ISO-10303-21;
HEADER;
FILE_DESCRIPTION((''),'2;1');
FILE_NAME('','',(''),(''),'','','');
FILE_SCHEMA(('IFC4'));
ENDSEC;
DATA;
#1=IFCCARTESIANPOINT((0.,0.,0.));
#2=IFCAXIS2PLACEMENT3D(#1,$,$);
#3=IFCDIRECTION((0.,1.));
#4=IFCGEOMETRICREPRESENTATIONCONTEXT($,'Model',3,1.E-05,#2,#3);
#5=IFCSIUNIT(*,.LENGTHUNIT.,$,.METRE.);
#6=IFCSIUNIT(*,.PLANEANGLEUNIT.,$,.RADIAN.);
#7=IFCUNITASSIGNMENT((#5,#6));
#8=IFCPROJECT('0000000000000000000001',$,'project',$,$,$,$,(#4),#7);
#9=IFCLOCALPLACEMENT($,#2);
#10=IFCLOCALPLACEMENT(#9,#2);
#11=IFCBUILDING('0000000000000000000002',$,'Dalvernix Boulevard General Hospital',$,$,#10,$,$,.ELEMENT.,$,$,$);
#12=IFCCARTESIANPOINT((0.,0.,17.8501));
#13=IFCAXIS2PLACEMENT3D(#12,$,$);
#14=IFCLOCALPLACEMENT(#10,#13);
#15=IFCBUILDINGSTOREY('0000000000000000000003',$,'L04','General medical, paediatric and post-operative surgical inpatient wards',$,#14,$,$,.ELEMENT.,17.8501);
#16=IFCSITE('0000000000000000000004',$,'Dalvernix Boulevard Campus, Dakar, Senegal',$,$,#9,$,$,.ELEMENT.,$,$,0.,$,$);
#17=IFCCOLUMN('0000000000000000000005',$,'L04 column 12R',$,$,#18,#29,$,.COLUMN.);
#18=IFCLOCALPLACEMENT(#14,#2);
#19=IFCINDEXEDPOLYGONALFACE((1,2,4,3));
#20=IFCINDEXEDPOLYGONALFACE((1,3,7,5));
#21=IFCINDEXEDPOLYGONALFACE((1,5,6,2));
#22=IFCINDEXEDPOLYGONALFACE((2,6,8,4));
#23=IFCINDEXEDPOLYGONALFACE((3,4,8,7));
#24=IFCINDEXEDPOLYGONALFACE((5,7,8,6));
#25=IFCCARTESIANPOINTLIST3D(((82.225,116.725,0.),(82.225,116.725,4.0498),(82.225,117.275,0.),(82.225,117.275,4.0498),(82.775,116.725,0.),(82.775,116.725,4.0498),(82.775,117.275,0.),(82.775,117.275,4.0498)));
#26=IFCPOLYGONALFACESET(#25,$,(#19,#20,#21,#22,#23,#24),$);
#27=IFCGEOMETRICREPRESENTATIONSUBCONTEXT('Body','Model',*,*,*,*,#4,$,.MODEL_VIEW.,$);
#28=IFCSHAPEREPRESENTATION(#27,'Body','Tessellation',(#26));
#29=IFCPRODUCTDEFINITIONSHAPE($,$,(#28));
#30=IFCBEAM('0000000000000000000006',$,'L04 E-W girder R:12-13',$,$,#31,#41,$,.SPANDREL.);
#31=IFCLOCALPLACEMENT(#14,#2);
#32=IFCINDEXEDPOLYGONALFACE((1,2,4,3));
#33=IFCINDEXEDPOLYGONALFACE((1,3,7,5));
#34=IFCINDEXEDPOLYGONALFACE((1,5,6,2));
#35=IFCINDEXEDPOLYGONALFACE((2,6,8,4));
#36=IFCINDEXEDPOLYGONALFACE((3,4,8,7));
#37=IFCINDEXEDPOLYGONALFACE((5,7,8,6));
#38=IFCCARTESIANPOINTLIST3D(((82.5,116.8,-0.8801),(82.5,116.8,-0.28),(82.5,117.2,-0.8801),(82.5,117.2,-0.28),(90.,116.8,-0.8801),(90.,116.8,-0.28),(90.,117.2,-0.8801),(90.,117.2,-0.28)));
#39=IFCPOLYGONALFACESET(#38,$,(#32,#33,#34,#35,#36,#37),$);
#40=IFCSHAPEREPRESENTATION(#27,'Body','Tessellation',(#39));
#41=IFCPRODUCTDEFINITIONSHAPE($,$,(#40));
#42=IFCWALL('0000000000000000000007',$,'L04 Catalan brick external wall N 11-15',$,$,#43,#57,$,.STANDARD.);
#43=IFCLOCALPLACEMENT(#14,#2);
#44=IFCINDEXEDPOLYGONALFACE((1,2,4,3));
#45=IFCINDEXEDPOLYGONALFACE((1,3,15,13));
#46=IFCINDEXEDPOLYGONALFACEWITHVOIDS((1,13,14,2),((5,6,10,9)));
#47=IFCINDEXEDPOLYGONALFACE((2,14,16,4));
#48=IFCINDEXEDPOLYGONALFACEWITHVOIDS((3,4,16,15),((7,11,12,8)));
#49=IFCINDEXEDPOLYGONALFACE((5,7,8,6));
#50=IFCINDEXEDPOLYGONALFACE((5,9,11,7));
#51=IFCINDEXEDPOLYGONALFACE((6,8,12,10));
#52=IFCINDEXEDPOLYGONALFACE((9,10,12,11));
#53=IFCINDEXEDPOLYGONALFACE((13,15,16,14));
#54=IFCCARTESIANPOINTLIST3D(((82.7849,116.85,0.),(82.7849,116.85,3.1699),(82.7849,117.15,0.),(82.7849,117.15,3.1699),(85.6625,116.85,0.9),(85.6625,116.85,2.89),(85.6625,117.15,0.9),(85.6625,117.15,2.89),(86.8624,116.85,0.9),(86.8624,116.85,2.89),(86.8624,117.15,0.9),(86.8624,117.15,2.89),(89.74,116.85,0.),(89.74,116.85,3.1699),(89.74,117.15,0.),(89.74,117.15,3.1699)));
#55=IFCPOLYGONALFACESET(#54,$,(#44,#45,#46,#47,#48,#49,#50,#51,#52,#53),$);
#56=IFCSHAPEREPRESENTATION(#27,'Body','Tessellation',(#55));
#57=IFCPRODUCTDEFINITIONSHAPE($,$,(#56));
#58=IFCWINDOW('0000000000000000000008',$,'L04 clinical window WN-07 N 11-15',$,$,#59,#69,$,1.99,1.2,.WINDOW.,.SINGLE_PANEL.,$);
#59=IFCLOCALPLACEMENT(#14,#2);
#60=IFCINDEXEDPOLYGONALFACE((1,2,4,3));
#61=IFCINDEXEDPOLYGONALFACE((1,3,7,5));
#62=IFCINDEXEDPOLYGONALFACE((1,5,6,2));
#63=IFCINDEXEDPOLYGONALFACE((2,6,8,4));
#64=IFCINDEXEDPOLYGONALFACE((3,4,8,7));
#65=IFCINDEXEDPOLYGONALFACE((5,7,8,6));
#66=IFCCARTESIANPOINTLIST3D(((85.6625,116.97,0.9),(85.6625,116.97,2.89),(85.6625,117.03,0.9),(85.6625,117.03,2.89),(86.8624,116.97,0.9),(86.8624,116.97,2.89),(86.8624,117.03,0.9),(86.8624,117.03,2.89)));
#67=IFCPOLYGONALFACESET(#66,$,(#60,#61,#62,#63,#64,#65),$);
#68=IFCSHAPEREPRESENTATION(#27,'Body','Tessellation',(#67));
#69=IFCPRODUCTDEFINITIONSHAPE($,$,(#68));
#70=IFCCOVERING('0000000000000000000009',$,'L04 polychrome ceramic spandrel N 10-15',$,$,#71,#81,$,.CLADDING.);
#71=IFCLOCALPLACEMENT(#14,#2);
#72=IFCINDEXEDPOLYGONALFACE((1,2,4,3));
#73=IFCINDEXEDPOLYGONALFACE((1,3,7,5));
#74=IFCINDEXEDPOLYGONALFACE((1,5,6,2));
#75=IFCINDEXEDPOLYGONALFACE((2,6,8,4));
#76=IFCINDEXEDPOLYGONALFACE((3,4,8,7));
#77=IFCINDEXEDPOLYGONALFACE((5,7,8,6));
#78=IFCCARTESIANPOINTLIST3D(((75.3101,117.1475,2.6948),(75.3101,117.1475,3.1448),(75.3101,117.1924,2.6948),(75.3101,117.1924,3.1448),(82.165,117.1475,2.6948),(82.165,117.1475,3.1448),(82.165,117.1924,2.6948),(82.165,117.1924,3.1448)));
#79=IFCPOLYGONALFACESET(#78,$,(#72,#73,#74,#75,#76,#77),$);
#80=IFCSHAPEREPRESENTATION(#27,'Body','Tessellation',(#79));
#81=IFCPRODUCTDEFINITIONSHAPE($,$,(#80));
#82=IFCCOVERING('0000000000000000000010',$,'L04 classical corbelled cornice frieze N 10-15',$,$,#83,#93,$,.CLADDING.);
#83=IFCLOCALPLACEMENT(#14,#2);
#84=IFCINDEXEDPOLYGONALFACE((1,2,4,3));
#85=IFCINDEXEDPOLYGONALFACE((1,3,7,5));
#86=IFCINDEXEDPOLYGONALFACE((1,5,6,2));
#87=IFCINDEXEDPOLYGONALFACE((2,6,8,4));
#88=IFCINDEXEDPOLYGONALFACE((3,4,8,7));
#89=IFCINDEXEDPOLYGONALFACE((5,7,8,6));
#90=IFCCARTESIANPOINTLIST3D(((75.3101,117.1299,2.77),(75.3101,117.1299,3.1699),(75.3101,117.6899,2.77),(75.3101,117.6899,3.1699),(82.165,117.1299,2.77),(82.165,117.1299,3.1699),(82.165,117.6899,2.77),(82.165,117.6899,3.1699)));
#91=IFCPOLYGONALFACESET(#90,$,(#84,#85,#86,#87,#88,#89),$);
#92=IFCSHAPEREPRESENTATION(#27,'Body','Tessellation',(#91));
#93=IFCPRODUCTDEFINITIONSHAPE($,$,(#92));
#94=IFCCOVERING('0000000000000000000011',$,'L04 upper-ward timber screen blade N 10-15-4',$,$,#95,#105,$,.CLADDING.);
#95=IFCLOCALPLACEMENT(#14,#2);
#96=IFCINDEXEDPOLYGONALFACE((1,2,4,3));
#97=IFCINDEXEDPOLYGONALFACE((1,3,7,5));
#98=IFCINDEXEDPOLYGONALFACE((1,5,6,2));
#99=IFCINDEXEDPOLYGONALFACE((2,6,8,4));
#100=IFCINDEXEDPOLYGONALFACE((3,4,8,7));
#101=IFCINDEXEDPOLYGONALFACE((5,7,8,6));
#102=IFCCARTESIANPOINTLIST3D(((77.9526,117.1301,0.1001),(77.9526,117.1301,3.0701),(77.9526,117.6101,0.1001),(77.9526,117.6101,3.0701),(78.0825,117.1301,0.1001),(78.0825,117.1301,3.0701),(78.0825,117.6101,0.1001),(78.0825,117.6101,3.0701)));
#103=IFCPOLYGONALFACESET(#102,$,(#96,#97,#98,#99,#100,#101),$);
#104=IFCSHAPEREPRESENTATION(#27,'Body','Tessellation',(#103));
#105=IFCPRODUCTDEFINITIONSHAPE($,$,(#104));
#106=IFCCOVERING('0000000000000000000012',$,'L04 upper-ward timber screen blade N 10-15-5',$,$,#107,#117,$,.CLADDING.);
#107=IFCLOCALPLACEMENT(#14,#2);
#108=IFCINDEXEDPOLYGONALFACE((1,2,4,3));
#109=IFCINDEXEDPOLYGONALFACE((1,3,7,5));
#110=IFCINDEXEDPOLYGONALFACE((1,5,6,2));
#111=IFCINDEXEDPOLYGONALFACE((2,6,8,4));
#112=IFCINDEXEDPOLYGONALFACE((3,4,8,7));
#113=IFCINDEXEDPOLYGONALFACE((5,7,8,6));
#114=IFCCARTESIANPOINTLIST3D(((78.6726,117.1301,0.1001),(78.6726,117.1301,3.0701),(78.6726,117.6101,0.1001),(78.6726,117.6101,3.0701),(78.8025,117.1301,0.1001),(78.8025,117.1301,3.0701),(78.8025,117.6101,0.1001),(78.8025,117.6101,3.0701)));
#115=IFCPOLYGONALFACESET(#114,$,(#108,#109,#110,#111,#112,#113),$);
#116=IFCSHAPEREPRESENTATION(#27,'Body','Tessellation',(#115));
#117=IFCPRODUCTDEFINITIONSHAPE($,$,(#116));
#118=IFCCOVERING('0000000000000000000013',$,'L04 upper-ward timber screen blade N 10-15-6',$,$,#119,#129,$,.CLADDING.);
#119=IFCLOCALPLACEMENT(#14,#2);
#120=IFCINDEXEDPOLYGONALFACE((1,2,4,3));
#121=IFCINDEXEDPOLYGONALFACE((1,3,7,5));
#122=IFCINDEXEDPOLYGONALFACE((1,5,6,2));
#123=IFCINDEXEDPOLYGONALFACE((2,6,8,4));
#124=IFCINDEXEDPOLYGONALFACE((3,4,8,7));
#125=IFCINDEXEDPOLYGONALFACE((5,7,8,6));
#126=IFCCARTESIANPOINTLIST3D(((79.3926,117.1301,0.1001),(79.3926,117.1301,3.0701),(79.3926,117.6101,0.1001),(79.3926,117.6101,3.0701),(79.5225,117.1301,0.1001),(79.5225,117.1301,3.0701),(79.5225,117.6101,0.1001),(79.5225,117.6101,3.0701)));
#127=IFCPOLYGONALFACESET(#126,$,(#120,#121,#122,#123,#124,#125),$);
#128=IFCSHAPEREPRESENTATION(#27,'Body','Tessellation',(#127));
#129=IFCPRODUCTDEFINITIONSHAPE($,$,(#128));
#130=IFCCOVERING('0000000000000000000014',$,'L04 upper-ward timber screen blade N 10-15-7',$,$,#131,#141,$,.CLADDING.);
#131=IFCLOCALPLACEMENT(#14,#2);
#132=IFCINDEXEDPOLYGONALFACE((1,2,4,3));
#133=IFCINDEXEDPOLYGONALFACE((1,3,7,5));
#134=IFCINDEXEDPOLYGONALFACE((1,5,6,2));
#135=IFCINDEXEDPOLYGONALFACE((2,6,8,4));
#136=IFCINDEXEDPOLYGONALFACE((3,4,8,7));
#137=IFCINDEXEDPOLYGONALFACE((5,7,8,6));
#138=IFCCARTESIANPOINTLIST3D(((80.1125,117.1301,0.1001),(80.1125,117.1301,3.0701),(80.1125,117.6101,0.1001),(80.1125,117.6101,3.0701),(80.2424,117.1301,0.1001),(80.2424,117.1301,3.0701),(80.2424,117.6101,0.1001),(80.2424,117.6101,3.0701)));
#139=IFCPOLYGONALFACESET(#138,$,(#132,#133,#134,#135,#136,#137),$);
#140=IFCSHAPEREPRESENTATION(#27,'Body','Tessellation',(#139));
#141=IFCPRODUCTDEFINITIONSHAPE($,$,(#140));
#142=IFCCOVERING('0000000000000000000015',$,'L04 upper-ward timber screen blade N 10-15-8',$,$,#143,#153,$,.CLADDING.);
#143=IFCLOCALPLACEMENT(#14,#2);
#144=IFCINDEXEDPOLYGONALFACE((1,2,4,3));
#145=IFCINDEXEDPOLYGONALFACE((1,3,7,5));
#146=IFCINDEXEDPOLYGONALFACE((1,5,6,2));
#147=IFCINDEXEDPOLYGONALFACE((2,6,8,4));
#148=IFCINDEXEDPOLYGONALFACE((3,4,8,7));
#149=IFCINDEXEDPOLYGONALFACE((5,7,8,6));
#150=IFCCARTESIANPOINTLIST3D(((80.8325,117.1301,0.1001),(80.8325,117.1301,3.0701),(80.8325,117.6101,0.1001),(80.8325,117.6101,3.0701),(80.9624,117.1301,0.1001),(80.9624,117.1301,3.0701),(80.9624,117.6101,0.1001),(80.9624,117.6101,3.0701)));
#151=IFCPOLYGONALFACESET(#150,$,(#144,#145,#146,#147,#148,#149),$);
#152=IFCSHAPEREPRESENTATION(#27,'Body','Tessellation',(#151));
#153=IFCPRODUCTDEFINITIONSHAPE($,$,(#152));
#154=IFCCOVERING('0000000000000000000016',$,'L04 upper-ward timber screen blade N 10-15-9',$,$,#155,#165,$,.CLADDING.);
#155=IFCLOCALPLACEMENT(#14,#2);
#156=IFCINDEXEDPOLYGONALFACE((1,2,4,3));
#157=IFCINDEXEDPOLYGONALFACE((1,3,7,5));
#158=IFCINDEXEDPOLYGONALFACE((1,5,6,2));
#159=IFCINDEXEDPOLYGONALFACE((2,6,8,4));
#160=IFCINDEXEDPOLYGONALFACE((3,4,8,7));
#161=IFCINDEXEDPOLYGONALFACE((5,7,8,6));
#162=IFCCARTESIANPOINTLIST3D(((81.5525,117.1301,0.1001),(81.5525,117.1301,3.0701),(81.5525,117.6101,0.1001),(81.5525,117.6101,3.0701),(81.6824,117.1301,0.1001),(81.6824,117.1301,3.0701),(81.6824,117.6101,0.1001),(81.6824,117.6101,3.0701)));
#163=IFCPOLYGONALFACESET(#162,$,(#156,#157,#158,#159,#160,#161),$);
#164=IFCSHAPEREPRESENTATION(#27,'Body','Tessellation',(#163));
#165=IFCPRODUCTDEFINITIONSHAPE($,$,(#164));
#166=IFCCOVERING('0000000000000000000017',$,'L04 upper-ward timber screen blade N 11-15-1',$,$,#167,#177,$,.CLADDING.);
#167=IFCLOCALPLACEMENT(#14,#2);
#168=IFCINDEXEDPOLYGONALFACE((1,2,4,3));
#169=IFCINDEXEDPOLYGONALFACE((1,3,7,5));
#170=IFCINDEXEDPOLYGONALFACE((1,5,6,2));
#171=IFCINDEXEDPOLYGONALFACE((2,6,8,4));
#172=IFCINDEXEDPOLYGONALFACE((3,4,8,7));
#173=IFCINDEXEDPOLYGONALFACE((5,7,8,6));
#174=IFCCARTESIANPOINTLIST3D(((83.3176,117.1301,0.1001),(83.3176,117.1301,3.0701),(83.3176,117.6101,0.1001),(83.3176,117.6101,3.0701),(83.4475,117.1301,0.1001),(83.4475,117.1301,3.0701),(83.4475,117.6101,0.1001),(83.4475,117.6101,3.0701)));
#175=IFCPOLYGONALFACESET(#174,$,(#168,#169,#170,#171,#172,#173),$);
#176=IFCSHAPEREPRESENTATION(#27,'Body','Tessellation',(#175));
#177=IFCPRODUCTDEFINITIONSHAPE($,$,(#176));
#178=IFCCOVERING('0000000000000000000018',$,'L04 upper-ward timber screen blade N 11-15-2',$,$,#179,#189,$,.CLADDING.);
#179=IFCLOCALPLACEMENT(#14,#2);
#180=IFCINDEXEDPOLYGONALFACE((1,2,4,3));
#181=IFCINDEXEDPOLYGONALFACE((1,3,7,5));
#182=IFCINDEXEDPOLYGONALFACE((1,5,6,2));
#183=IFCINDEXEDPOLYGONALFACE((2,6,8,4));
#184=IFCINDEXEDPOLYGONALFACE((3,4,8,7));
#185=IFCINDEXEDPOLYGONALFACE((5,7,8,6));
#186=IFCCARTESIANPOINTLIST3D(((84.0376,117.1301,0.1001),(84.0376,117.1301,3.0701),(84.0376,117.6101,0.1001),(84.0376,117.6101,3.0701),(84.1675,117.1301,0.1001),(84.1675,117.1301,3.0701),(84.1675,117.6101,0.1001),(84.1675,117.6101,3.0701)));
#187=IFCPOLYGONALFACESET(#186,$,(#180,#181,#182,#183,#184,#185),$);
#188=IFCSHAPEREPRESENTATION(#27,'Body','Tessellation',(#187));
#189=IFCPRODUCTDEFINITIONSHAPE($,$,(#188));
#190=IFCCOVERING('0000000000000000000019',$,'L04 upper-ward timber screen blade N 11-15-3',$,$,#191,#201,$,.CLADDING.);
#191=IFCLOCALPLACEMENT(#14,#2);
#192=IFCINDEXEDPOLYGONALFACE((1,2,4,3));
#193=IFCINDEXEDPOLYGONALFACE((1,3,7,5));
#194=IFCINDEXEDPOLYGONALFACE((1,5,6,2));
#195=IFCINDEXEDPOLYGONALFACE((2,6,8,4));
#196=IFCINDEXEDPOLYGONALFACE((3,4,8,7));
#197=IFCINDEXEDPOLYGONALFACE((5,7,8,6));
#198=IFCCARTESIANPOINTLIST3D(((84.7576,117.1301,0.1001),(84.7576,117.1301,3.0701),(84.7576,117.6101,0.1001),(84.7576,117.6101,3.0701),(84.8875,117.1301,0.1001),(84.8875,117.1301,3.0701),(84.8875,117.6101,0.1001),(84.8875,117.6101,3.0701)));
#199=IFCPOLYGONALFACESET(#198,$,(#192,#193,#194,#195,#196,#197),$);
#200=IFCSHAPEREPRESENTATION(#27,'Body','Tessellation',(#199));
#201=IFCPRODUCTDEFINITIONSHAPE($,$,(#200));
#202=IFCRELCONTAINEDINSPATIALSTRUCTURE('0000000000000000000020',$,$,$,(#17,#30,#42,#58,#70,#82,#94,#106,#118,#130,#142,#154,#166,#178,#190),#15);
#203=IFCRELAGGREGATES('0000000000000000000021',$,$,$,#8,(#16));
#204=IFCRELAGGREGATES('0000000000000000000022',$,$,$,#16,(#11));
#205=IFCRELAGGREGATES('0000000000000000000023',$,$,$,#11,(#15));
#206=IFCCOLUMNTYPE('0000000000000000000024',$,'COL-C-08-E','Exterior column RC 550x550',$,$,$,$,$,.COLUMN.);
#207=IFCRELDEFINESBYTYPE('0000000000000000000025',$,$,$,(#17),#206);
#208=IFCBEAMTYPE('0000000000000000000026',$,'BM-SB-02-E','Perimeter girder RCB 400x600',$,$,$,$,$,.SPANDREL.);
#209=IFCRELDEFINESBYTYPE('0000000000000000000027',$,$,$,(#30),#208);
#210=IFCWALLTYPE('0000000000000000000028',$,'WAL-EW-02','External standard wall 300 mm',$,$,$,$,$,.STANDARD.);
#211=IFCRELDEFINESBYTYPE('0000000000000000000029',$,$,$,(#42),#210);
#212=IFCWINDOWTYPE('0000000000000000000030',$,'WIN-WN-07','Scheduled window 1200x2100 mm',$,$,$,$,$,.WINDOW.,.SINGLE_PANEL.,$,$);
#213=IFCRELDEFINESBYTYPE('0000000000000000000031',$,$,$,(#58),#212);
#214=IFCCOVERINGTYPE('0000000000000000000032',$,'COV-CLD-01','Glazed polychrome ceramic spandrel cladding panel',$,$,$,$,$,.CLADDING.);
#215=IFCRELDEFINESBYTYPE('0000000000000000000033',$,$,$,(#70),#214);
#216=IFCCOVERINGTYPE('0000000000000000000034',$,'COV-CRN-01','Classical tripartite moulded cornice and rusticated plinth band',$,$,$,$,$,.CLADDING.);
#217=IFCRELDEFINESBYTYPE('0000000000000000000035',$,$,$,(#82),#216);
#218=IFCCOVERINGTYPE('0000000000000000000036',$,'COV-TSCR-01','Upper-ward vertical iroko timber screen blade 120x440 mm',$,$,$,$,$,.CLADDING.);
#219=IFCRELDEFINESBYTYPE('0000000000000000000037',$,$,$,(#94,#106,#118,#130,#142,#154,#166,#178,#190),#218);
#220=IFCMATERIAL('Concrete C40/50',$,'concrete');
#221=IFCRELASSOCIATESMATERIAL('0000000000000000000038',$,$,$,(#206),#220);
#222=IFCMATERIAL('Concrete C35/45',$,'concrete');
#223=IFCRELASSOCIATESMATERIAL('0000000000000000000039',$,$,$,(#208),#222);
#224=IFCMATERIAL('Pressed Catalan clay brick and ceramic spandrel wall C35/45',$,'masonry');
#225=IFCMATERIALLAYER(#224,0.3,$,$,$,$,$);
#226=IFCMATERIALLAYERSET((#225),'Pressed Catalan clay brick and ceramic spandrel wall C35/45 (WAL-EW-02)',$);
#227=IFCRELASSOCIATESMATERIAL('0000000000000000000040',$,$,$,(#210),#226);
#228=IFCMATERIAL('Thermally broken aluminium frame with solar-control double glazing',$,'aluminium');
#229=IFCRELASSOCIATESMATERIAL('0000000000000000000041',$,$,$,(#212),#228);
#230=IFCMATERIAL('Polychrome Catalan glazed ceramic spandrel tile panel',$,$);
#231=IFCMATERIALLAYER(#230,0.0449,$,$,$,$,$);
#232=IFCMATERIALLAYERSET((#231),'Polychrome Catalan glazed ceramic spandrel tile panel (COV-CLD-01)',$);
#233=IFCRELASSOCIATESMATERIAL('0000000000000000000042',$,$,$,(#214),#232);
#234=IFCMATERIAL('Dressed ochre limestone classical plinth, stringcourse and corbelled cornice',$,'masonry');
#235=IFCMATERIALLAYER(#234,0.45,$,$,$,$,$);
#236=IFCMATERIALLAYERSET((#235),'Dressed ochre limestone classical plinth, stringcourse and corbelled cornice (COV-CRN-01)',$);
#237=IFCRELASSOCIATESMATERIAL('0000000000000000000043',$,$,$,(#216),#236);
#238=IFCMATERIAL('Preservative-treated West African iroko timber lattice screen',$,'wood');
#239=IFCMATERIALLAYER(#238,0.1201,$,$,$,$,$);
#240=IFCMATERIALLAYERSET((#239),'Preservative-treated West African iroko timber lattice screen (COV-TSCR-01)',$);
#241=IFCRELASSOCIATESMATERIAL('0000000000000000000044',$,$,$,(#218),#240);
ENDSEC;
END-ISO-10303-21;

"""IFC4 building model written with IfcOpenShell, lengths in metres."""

from ifc_helpers import new_model, si_unit, direction, frame, frame_2d, origin, origin_2d, place, context, subcontext, project, spatial, rectangle, extrude, material, layer, layer_set, material_profile, profile_set, type_object, element, fill, save


model = new_model("IFC4")

# Units and contexts
model_context = context("Model", 3, precision=1e-05, world=origin(), true_north=direction((0.0, 1.0)))
body_context = subcontext(model_context, "Body", "Model", "MODEL_VIEW")
ifc_project = project(units=[si_unit("LENGTHUNIT", "METRE"), si_unit("PLANEANGLEUNIT", "RADIAN")], contexts=[model_context])

# Site, building, storey
site_placement = place(None, origin())
site = spatial("IfcSite", under=ifc_project, at=site_placement, Name="Dalvernix Boulevard Campus, Dakar, Senegal", CompositionType="ELEMENT", RefElevation=0.0)
building_placement = place(site_placement, origin())
building = spatial("IfcBuilding", under=site, at=building_placement, Name="Dalvernix Boulevard General Hospital", CompositionType="ELEMENT")
storey_placement = place(building_placement, frame((0.0, 0.0, 17.8501)))
storey = spatial("IfcBuildingStorey", under=building, at=storey_placement, Name="L04", Description="General medical, paediatric and post-operative surgical inpatient wards", CompositionType="ELEMENT", Elevation=17.8501)

# Column
ifc_material_1 = material(Name="Concrete C40/50", Category="concrete")
ifc_material_profile_1 = material_profile(ifc_material_1, rectangle(XDim=0.55, YDim=0.55, at=origin_2d()), Name="RC 550x550")
ifc_profile_set_1 = profile_set([ifc_material_profile_1], Name="Concrete C40/50")
column_type = type_object("IfcColumnType", Name="COL-C-08-E", Description="Exterior column RC 550x550", PredefinedType="COLUMN", material=ifc_profile_set_1)
column_placement = place(storey_placement, frame((82.5, 117.0, 0.0), z_axis=(0.0, 0.0, 1.0), x_axis=(1.0, 0.0, 0.0)))
element("IfcColumn", 1, at=column_placement, inside=storey, type_object=column_type, Name="L04 column 12R", PredefinedType="COLUMN", context=body_context, shape_type="SweptSolid", body=[
    extrude(rectangle(XDim=0.55, YDim=0.55, at=origin_2d()), origin(), (0.0, 0.0, 1.0), 4.0498),
])

# Beam
ifc_material_2 = material(Name="Concrete C35/45", Category="concrete")
ifc_material_profile_2 = material_profile(ifc_material_2, rectangle(XDim=0.3999, YDim=0.6001, at=origin_2d()), Name="RCB 400x600")
ifc_profile_set_2 = profile_set([ifc_material_profile_2], Name="Concrete C35/45")
beam_type = type_object("IfcBeamType", Name="BM-SB-02-E", Description="Perimeter girder RCB 400x600", PredefinedType="SPANDREL", material=ifc_profile_set_2)
beam_placement = place(storey_placement, frame((82.5, 117.0, -0.5801), z_axis=(1.0, 0.0, 0.0), x_axis=(0.0, 1.0, 0.0)))
element("IfcBeam", 2, at=beam_placement, inside=storey, type_object=beam_type, Name="L04 E-W girder R:12-13", PredefinedType="SPANDREL", context=body_context, shape_type="SweptSolid", body=[
    extrude(rectangle(XDim=0.3999, YDim=0.6001, at=origin_2d()), origin(), (0.0, 0.0, 1.0), 7.5),
])

# Wall, opening, window
ifc_material_3 = material(Name="Pressed Catalan clay brick and ceramic spandrel wall C35/45", Category="masonry")
ifc_layer_1 = layer(ifc_material_3, 0.3)
ifc_layer_set_1 = layer_set([ifc_layer_1], Name="Pressed Catalan clay brick and ceramic spandrel wall C35/45 (WAL-EW-02)")
wall_type = type_object("IfcWallType", Name="WAL-EW-02", Description="External standard wall 300 mm", PredefinedType="STANDARD", material=ifc_layer_set_1)
wall_placement = place(storey_placement, frame((82.7849, 117.0, 0.0), z_axis=(0.0, 0.0, 1.0), x_axis=(1.0, 0.0, 0.0)))
wall = element("IfcWall", 3, at=wall_placement, inside=storey, type_object=wall_type, Name="L04 Catalan brick external wall N 11-15", PredefinedType="STANDARD", context=body_context, shape_type="SweptSolid", body=[
    extrude(rectangle(XDim=6.9551, YDim=0.3, at=frame_2d((3.4775, 0.0))), origin(), (0.0, 0.0, 1.0), 3.1699),
])
opening_placement = place(wall_placement, frame((2.8774, 0.0, 0.8999)))
opening = element("IfcOpeningElement", 4, at=opening_placement, cuts=wall, PredefinedType="OPENING", context=body_context, shape_type="SweptSolid", body=[
    extrude(rectangle(XDim=1.2, YDim=1.99, at=frame_2d((0.6001, 0.9951))), frame((0.0, 0.1599, 0.0), z_axis=(0.0, -1.0, 0.0), x_axis=(1.0, 0.0, 0.0)), (0.0, 0.0, 1.0), 0.3201),
])
ifc_material_4 = material(Name="Thermally broken aluminium frame with solar-control double glazing", Category="aluminium")
window_type = type_object("IfcWindowType", Name="WIN-WN-07", Description="Scheduled window 1200x2100 mm", PartitioningType="SINGLE_PANEL", PredefinedType="WINDOW", material=ifc_material_4)
window_placement = place(opening_placement, origin())
window = element("IfcWindow", 5, at=window_placement, inside=storey, type_object=window_type, Name="L04 clinical window WN-07 N 11-15", OverallHeight=1.99, OverallWidth=1.2, PartitioningType="SINGLE_PANEL", PredefinedType="WINDOW", context=body_context, shape_type="SweptSolid", body=[
    extrude(rectangle(XDim=1.2, YDim=1.99, at=frame_2d((0.6001, 0.9951))), frame((0.0, 0.03, 0.0), z_axis=(0.0, -1.0, 0.0), x_axis=(1.0, 0.0, 0.0)), (0.0, 0.0, 1.0), 0.0601),
])
fill(opening, window)

# Coverings
ifc_material_5 = material(Name="Polychrome Catalan glazed ceramic spandrel tile panel")
ifc_layer_2 = layer(ifc_material_5, 0.0449)
ifc_layer_set_2 = layer_set([ifc_layer_2], Name="Polychrome Catalan glazed ceramic spandrel tile panel (COV-CLD-01)")
covering_type_1 = type_object("IfcCoveringType", Name="COV-CLD-01", Description="Glazed polychrome ceramic spandrel cladding panel", PredefinedType="CLADDING", material=ifc_layer_set_2)
covering_1_placement = place(storey_placement, frame((78.7375, 117.1699, 2.6948), z_axis=(0.0, 0.0, 1.0), x_axis=(1.0, 0.0, 0.0)))
element("IfcCovering", 6, at=covering_1_placement, inside=storey, type_object=covering_type_1, Name="L04 polychrome ceramic spandrel N 10-15", PredefinedType="CLADDING", context=body_context, shape_type="SweptSolid", body=[
    extrude(rectangle(XDim=6.855, YDim=0.0449, at=origin_2d()), origin(), (0.0, 0.0, 1.0), 0.45),
])
ifc_material_6 = material(Name="Dressed ochre limestone classical plinth, stringcourse and corbelled cornice", Category="masonry")
ifc_layer_3 = layer(ifc_material_6, 0.45)
ifc_layer_set_3 = layer_set([ifc_layer_3], Name="Dressed ochre limestone classical plinth, stringcourse and corbelled cornice (COV-CRN-01)")
covering_type_2 = type_object("IfcCoveringType", Name="COV-CRN-01", Description="Classical tripartite moulded cornice and rusticated plinth band", PredefinedType="CLADDING", material=ifc_layer_set_3)
covering_2_placement = place(storey_placement, frame((78.7375, 117.4099, 2.77), z_axis=(0.0, 0.0, 1.0), x_axis=(1.0, 0.0, 0.0)))
element("IfcCovering", 7, at=covering_2_placement, inside=storey, type_object=covering_type_2, Name="L04 classical corbelled cornice frieze N 10-15", PredefinedType="CLADDING", context=body_context, shape_type="SweptSolid", body=[
    extrude(rectangle(XDim=6.855, YDim=0.5601, at=origin_2d()), origin(), (0.0, 0.0, 1.0), 0.3999),
])
ifc_material_7 = material(Name="Preservative-treated West African iroko timber lattice screen", Category="wood")
ifc_layer_4 = layer(ifc_material_7, 0.1201)
ifc_layer_set_4 = layer_set([ifc_layer_4], Name="Preservative-treated West African iroko timber lattice screen (COV-TSCR-01)")
covering_type_3 = type_object("IfcCoveringType", Name="COV-TSCR-01", Description="Upper-ward vertical iroko timber screen blade 120x440 mm", PredefinedType="CLADDING", material=ifc_layer_set_4)
for number, where, z_axis, x_axis, name in (
    (8, (78.0176, 117.3701, 0.1001), (0.0, 0.0, 1.0), (1.0, 0.0, 0.0), "L04 upper-ward timber screen blade N 10-15-4"),
    (9, (78.7375, 117.3701, 0.1001), (0.0, 0.0, 1.0), (1.0, 0.0, 0.0), "L04 upper-ward timber screen blade N 10-15-5"),
    (10, (79.4575, 117.3701, 0.1001), (0.0, 0.0, 1.0), (1.0, 0.0, 0.0), "L04 upper-ward timber screen blade N 10-15-6"),
    (11, (80.1775, 117.3701, 0.1001), (0.0, 0.0, 1.0), (1.0, 0.0, 0.0), "L04 upper-ward timber screen blade N 10-15-7"),
    (12, (80.8975, 117.3701, 0.1001), (0.0, 0.0, 1.0), (1.0, 0.0, 0.0), "L04 upper-ward timber screen blade N 10-15-8"),
    (13, (81.6174, 117.3701, 0.1001), (0.0, 0.0, 1.0), (1.0, 0.0, 0.0), "L04 upper-ward timber screen blade N 10-15-9"),
    (14, (83.3826, 117.3701, 0.1001), (0.0, 0.0, 1.0), (1.0, 0.0, 0.0), "L04 upper-ward timber screen blade N 11-15-1"),
    (15, (84.1025, 117.3701, 0.1001), (0.0, 0.0, 1.0), (1.0, 0.0, 0.0), "L04 upper-ward timber screen blade N 11-15-2"),
    (16, (84.8225, 117.3701, 0.1001), (0.0, 0.0, 1.0), (1.0, 0.0, 0.0), "L04 upper-ward timber screen blade N 11-15-3"),
):
    element("IfcCovering", number, at=place(storey_placement, frame(where, z_axis=z_axis, x_axis=x_axis)), inside=storey, type_object=covering_type_3, Name=name, PredefinedType="CLADDING", context=body_context, shape_type="SweptSolid", body=[
        extrude(rectangle(XDim=0.1299, YDim=0.48, at=origin_2d()), origin(), (0.0, 0.0, 1.0), 2.97),
    ])

save(model, "model.ifc")
